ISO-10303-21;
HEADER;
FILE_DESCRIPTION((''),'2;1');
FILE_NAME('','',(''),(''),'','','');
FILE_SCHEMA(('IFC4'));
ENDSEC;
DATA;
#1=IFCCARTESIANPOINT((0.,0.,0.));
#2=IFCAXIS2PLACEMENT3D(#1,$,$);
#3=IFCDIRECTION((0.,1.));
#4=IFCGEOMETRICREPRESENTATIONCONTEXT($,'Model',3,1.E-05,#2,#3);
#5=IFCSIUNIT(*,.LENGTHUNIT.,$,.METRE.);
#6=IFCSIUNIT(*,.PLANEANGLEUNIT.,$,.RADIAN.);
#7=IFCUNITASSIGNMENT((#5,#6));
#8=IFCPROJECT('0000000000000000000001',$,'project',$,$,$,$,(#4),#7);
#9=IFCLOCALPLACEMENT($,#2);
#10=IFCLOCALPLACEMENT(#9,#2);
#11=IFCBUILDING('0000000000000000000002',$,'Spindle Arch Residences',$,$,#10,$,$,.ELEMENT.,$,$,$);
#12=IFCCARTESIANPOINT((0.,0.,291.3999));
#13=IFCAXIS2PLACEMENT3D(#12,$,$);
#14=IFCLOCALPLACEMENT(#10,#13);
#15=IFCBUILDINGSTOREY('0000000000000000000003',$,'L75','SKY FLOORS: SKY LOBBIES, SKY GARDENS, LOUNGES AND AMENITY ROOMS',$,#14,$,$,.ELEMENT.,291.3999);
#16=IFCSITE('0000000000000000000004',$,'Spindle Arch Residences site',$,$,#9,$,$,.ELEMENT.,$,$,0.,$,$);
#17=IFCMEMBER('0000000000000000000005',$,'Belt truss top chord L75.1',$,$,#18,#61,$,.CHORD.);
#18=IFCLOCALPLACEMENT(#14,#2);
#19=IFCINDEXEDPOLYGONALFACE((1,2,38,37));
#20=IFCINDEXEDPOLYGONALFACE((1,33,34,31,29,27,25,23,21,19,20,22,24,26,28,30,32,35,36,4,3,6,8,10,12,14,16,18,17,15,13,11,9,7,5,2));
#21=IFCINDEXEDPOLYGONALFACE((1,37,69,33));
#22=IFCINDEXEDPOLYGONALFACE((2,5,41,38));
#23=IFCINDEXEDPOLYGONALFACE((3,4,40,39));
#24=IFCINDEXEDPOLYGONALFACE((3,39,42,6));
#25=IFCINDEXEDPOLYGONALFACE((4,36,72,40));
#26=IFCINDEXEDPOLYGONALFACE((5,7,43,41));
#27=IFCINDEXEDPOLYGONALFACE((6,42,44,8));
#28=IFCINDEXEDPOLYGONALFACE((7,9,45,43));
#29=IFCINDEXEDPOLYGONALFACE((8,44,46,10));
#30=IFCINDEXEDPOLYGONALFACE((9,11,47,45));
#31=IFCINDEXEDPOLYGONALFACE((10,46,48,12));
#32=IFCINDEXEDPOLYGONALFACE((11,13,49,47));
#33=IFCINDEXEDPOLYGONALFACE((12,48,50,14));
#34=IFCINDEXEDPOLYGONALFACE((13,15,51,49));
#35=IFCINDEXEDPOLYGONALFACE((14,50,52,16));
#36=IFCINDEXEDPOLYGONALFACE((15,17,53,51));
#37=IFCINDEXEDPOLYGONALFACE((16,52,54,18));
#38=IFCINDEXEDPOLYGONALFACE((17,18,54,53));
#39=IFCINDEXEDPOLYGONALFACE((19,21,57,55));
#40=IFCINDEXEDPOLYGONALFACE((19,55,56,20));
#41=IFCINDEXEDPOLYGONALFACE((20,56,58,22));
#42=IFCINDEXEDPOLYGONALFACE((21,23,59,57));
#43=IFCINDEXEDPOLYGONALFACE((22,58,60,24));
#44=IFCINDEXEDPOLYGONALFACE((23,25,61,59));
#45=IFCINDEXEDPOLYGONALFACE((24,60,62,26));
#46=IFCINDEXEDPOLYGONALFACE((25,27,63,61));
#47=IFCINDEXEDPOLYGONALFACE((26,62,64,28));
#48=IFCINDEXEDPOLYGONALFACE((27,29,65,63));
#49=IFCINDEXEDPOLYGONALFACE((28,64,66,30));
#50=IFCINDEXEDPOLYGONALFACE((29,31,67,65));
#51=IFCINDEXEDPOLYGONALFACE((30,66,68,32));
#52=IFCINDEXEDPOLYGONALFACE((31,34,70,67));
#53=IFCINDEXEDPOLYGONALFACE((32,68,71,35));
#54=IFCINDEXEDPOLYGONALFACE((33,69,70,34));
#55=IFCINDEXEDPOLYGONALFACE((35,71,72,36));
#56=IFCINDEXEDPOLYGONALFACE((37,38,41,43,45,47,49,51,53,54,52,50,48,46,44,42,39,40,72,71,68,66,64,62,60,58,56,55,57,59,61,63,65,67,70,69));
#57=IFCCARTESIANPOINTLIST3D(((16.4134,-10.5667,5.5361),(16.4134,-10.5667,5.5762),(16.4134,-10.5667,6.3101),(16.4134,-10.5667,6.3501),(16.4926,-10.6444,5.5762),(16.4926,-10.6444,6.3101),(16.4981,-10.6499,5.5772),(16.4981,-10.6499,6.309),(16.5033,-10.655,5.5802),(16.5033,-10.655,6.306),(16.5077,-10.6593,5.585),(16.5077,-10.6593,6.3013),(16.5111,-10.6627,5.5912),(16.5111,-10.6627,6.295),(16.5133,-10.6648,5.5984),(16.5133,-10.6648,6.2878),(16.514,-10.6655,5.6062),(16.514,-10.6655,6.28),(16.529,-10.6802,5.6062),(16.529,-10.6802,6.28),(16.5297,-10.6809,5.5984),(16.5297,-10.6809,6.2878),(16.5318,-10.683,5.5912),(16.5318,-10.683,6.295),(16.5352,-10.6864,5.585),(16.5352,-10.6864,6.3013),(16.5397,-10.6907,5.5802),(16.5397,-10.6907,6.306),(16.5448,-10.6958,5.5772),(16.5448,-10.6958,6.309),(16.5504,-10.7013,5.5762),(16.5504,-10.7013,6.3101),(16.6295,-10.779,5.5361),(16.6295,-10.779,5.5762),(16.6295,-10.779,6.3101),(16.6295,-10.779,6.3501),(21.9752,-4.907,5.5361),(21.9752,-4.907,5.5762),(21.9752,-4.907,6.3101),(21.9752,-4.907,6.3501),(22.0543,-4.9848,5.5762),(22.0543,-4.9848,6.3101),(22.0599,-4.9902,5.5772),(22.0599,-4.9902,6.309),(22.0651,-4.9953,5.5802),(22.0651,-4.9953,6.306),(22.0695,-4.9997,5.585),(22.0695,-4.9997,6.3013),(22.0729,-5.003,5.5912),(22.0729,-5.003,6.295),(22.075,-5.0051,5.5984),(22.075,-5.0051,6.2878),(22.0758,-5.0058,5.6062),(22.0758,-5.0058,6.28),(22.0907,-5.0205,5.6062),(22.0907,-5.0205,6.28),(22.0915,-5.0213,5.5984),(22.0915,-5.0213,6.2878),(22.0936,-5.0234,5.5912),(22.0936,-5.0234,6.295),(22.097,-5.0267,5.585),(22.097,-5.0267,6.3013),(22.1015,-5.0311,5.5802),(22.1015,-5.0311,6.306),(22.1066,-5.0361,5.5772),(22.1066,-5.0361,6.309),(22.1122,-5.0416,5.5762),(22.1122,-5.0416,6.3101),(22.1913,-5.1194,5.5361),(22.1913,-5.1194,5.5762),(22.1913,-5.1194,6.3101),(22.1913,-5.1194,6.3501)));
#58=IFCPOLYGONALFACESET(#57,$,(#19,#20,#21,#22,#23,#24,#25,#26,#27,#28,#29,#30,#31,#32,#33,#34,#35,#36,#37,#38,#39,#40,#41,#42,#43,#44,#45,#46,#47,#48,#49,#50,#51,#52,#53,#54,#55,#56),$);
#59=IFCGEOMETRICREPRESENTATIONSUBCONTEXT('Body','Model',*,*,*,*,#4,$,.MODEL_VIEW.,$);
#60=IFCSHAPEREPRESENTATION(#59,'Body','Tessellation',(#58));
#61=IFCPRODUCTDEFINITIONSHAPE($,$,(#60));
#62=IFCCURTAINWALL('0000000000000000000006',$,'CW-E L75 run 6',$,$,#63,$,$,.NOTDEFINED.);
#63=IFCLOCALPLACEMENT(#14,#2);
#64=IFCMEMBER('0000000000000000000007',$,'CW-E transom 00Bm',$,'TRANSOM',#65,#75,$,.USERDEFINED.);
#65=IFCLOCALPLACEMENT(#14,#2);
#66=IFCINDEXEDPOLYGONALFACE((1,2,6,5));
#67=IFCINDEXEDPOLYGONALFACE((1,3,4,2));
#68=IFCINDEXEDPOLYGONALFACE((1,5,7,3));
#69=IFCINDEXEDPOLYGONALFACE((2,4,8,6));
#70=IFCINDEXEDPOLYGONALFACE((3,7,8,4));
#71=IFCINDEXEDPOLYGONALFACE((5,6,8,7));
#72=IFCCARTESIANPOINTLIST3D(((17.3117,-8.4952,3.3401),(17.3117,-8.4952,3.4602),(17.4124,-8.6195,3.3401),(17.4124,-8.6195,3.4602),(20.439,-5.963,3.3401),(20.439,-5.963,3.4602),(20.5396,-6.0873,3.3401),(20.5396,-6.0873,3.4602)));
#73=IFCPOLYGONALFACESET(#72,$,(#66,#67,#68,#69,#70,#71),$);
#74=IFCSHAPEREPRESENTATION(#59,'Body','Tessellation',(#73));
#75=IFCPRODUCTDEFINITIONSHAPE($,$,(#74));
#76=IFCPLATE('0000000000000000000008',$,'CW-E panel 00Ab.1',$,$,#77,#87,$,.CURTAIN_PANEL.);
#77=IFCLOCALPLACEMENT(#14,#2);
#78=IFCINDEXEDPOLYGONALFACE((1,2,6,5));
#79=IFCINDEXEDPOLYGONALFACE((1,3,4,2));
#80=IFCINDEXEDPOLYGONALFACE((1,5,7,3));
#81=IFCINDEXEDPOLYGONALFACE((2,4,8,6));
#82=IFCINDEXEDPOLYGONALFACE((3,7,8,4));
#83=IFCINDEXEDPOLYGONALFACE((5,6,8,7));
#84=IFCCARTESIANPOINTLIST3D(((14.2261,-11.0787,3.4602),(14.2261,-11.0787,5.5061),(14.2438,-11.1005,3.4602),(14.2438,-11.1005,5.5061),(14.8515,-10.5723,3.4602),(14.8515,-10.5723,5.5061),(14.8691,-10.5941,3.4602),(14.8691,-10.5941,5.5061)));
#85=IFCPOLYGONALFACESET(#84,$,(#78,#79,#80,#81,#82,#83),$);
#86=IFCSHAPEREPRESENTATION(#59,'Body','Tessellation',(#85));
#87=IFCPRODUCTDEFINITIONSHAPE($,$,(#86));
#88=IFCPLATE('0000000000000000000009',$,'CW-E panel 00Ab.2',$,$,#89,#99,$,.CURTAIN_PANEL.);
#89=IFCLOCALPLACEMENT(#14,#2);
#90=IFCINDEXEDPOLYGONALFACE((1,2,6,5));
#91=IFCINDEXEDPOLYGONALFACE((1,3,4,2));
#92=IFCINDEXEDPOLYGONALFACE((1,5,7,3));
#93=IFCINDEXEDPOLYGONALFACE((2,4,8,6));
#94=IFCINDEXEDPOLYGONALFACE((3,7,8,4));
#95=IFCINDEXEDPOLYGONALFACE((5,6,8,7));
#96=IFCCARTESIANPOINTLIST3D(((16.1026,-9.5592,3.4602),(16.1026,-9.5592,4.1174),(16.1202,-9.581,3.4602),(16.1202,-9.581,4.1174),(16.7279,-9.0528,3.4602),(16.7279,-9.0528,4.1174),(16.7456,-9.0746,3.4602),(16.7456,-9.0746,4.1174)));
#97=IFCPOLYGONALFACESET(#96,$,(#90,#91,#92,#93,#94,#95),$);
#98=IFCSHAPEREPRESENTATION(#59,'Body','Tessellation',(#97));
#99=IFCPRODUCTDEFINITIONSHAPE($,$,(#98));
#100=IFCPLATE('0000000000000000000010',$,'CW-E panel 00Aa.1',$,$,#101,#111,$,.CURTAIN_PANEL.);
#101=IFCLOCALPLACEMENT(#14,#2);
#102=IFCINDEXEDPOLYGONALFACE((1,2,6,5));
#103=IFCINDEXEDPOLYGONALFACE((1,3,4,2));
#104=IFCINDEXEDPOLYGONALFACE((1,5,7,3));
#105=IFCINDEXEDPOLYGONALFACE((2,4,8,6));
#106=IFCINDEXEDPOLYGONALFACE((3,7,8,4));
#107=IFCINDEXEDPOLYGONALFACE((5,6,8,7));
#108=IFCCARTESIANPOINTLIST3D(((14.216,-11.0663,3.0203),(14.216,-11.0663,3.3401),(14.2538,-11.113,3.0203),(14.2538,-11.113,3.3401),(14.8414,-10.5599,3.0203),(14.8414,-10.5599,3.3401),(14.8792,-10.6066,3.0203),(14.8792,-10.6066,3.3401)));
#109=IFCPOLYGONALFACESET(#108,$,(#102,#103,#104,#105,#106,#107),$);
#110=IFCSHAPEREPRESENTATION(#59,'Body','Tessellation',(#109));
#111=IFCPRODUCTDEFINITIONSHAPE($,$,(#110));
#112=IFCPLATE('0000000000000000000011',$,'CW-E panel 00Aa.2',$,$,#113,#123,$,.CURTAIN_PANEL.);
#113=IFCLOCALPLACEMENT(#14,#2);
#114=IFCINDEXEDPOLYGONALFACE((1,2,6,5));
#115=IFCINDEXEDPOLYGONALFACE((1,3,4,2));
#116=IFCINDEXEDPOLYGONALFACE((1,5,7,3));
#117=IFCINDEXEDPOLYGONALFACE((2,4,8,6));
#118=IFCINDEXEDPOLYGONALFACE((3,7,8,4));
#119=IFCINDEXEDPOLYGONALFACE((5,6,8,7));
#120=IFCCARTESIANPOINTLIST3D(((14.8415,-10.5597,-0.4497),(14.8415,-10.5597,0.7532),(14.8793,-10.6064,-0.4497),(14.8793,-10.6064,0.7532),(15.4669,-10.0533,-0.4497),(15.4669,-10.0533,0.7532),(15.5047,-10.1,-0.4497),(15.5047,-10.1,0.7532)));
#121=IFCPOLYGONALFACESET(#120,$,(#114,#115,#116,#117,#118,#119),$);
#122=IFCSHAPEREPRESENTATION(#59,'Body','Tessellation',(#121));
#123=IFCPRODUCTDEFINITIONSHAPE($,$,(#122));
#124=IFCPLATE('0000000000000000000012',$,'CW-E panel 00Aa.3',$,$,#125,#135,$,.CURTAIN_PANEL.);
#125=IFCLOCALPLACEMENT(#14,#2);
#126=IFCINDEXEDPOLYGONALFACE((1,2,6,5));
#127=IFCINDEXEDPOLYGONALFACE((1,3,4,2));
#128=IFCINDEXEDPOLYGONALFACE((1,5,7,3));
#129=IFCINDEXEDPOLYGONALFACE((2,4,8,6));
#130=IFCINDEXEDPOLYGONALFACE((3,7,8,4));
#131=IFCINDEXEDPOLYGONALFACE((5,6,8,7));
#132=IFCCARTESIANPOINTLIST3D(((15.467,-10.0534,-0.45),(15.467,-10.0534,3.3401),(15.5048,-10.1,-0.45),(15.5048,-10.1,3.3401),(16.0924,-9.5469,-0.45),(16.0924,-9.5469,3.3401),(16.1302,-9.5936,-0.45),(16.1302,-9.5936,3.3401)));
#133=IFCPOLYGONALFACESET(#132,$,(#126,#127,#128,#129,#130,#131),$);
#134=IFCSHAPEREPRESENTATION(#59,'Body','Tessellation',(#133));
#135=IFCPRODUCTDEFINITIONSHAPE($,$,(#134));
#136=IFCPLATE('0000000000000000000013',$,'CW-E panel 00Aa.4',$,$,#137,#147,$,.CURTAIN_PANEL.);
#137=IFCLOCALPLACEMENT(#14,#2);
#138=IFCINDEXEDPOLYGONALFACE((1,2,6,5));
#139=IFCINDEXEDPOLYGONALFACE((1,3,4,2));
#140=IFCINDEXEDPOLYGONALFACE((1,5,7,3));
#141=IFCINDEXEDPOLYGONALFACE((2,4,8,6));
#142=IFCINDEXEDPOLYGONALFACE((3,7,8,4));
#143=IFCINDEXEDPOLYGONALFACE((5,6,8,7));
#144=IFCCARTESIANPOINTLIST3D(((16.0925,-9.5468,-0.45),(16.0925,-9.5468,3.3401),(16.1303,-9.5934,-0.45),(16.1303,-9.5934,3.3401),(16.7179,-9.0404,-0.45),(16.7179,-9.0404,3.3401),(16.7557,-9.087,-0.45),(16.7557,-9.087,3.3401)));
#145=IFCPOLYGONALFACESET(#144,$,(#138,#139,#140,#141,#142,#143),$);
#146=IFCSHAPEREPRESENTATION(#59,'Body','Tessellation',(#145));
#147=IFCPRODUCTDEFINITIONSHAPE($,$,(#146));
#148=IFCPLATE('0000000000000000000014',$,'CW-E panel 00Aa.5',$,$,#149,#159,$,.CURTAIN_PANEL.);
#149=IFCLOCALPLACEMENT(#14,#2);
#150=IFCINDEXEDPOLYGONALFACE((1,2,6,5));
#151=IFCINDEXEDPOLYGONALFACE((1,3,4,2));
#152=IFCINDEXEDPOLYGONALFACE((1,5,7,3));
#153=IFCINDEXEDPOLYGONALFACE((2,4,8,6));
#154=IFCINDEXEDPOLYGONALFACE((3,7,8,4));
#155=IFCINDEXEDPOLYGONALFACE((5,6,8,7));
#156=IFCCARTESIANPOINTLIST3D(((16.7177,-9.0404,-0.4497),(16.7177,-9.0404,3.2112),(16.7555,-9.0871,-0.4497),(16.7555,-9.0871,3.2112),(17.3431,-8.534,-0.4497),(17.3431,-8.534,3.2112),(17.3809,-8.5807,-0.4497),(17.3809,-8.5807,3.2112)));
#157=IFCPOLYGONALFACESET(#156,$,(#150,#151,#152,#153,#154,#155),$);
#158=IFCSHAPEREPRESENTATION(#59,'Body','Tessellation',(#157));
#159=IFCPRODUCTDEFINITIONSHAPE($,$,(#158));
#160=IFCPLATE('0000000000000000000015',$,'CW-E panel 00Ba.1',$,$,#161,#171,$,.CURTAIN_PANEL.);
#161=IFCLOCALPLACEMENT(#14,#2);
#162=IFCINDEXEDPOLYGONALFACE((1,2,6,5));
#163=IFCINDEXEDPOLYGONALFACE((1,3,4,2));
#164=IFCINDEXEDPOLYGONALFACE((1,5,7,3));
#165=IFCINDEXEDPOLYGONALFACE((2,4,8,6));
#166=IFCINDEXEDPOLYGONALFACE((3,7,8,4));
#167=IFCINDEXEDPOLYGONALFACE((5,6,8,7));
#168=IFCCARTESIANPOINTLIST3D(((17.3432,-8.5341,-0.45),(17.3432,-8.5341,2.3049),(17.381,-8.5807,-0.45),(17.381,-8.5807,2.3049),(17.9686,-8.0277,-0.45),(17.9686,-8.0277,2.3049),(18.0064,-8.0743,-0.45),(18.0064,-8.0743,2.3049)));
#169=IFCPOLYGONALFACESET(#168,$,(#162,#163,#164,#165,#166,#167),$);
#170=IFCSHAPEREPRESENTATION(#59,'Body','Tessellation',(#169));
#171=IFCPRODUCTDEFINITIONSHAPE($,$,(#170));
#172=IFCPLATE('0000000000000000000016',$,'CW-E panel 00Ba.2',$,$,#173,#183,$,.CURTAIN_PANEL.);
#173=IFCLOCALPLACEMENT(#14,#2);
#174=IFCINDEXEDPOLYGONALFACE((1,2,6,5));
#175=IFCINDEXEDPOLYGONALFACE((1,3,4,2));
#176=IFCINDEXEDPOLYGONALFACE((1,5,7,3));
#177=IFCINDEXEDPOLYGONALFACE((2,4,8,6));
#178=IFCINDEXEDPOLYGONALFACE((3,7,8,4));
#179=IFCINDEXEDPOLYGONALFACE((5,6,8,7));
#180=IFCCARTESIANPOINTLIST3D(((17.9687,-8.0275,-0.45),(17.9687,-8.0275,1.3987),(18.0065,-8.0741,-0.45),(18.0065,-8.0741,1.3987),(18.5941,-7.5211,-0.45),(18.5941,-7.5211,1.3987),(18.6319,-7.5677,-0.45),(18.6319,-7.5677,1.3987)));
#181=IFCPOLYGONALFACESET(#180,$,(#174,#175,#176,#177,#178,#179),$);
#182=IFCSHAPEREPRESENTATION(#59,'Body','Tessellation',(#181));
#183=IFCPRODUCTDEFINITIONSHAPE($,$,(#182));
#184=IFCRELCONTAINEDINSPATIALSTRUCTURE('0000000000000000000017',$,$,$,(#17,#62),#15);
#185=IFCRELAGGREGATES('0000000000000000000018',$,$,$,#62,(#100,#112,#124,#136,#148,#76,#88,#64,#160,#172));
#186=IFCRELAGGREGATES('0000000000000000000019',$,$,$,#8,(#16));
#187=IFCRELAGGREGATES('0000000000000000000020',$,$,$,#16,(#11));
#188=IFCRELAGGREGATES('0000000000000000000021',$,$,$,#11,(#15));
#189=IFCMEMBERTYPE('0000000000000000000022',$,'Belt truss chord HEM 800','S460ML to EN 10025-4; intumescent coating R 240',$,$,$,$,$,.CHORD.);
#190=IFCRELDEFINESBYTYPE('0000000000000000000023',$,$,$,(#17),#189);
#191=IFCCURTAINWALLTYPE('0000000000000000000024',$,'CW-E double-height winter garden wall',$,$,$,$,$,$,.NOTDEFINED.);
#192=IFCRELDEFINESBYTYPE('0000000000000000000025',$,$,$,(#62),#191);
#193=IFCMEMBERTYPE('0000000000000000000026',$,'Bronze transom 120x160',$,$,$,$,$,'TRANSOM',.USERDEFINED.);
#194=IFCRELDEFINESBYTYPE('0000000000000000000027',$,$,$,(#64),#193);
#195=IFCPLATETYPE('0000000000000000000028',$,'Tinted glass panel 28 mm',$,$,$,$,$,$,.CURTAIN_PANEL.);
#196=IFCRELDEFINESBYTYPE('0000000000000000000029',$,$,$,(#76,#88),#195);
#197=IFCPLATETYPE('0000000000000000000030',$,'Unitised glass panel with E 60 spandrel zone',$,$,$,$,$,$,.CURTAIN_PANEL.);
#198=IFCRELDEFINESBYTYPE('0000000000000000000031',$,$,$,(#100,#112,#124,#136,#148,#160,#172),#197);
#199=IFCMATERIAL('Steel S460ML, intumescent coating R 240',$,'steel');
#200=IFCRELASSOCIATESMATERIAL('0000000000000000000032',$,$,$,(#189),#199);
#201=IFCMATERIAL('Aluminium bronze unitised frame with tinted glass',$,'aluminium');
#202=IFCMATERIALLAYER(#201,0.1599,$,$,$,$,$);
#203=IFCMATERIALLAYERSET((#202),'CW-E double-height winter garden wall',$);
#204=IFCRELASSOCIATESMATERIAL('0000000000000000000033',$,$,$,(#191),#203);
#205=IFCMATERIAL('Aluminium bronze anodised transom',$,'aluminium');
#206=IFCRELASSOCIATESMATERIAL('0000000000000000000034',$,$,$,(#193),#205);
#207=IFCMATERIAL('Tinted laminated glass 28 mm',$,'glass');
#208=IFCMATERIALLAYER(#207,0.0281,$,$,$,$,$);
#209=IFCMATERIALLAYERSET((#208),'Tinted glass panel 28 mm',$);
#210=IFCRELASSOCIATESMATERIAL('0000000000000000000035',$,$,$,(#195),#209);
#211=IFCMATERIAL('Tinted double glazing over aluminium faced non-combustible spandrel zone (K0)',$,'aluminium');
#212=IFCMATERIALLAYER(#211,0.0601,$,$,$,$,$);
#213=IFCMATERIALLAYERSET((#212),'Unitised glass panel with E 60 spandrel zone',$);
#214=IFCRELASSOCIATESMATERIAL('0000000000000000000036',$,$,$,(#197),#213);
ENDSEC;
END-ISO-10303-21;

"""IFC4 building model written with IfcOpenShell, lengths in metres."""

from ifc_helpers import new_model, si_unit, direction, frame, origin, origin_2d, place, context, subcontext, project, spatial, rectangle, i_section, extrude, material, layer, layer_set, material_profile, profile_set, type_object, element, aggregate, save


model = new_model("IFC4")

# Units and contexts
model_context = context("Model", 3, precision=1e-05, world=origin(), true_north=direction((0.0, 1.0)))
body_context = subcontext(model_context, "Body", "Model", "MODEL_VIEW")
ifc_project = project(units=[si_unit("LENGTHUNIT", "METRE"), si_unit("PLANEANGLEUNIT", "RADIAN")], contexts=[model_context])

# Site, building, storey
site_placement = place(None, origin())
site = spatial("IfcSite", under=ifc_project, at=site_placement, Name="Spindle Arch Residences site", CompositionType="ELEMENT", RefElevation=0.0)
building_placement = place(site_placement, origin())
building = spatial("IfcBuilding", under=site, at=building_placement, Name="Spindle Arch Residences", CompositionType="ELEMENT")
storey_placement = place(building_placement, frame((0.0, 0.0, 291.3999)))
storey = spatial("IfcBuildingStorey", under=building, at=storey_placement, Name="L75", Description="SKY FLOORS: SKY LOBBIES, SKY GARDENS, LOUNGES AND AMENITY ROOMS", CompositionType="ELEMENT", Elevation=291.3999)

# Member
ifc_material_1 = material(Name="Steel S460ML, intumescent coating R 240", Category="steel")
ifc_material_profile_1 = material_profile(ifc_material_1, i_section(OverallWidth=0.303, OverallDepth=0.814, WebThickness=0.021, FlangeThickness=0.04, FilletRadius=0.03, at=origin_2d()), Name="HEM 800")
ifc_profile_set_1 = profile_set([ifc_material_profile_1], Name="Steel S460ML, intumescent coating R 240")
member_type_1 = type_object("IfcMemberType", Name="Belt truss chord HEM 800", Description="S460ML to EN 10025-4; intumescent coating R 240", PredefinedType="CHORD", material=ifc_profile_set_1)
member_1_placement = place(storey_placement, frame((16.5215, -10.6729, 5.9431), z_axis=(0.700911, 0.713249, 0.0), x_axis=(-0.713249, 0.700911, 0.0)))
element("IfcMember", 1, at=member_1_placement, inside=storey, type_object=member_type_1, Name="Belt truss top chord L75.1", PredefinedType="CHORD", context=body_context, shape_type="SweptSolid", body=[
    extrude(i_section(OverallWidth=0.303, OverallDepth=0.814, WebThickness=0.021, FlangeThickness=0.04, FilletRadius=0.03, at=origin_2d()), origin(), (0.0, 0.0, 1.0), 7.9351),
])

# Curtain wall, member, plates
ifc_material_2 = material(Name="Aluminium bronze unitised frame with tinted glass", Category="aluminium")
ifc_layer_1 = layer(ifc_material_2, 0.1599)
ifc_layer_set_1 = layer_set([ifc_layer_1], Name="CW-E double-height winter garden wall")
curtain_wall_type = type_object("IfcCurtainWallType", Name="CW-E double-height winter garden wall", PredefinedType="NOTDEFINED", material=ifc_layer_set_1)
curtain_wall_placement = place(storey_placement, origin())
curtain_wall = element("IfcCurtainWall", 2, at=curtain_wall_placement, inside=storey, type_object=curtain_wall_type, Name="CW-E L75 run 6", PredefinedType="NOTDEFINED")
ifc_material_3 = material(Name="Aluminium bronze anodised transom", Category="aluminium")
ifc_material_profile_2 = material_profile(ifc_material_3, rectangle(XDim=0.1599, YDim=0.1201, at=origin_2d()), Name="TR 120x160")
ifc_profile_set_2 = profile_set([ifc_material_profile_2], Name="Aluminium bronze anodised transom")
member_type_2 = type_object("IfcMemberType", Name="Bronze transom 120x160", ElementType="TRANSOM", PredefinedType="USERDEFINED", material=ifc_profile_set_2)
member_2_placement = place(storey_placement, frame((17.3621, -8.5574, 3.4001), z_axis=(0.777162, 0.629301, 0.0), x_axis=(-0.629301, 0.777162, 0.0)))
member_2 = element("IfcMember", 3, at=member_2_placement, type_object=member_type_2, Name="CW-E transom 00Bm", ObjectType="TRANSOM", PredefinedType="USERDEFINED", context=body_context, shape_type="SweptSolid", body=[
    extrude(rectangle(XDim=0.1599, YDim=0.1201, at=origin_2d()), origin(), (0.0, 0.0, 1.0), 4.0239),
])
ifc_material_4 = material(Name="Tinted laminated glass 28 mm", Category="glass")
ifc_layer_2 = layer(ifc_material_4, 0.0281)
ifc_layer_set_2 = layer_set([ifc_layer_2], Name="Tinted glass panel 28 mm")
plate_type_1 = type_object("IfcPlateType", Name="Tinted glass panel 28 mm", PredefinedType="CURTAIN_PANEL", material=ifc_layer_set_2)
plate_1_placement = place(storey_placement, frame((14.5476, -10.8364, 3.4602), z_axis=(0.0, 0.0, 1.0), x_axis=(0.777146, 0.62932, 0.0)))
plate_1 = element("IfcPlate", 4, at=plate_1_placement, type_object=plate_type_1, Name="CW-E panel 00Ab.1", PredefinedType="CURTAIN_PANEL", context=body_context, shape_type="SweptSolid", body=[
    extrude(rectangle(XDim=0.8047, YDim=0.0281, at=origin_2d()), origin(), (0.0, 0.0, 1.0), 2.0459),
])
plate_2_placement = place(storey_placement, frame((16.4241, -9.3169, 3.4602), z_axis=(0.0, 0.0, 1.0), x_axis=(0.777146, 0.62932, 0.0)))
plate_2 = element("IfcPlate", 5, at=plate_2_placement, type_object=plate_type_1, Name="CW-E panel 00Ab.2", PredefinedType="CURTAIN_PANEL", context=body_context, shape_type="SweptSolid", body=[
    extrude(rectangle(XDim=0.8047, YDim=0.0281, at=origin_2d()), origin(), (0.0, 0.0, 1.0), 0.6572),
])
ifc_material_5 = material(Name="Tinted double glazing over aluminium faced non-combustible spandrel zone (K0)", Category="aluminium")
ifc_layer_3 = layer(ifc_material_5, 0.0601)
ifc_layer_set_3 = layer_set([ifc_layer_3], Name="Unitised glass panel with E 60 spandrel zone")
plate_type_2 = type_object("IfcPlateType", Name="Unitised glass panel with E 60 spandrel zone", PredefinedType="CURTAIN_PANEL", material=ifc_layer_set_3)
plate_3_placement = place(storey_placement, frame((14.5476, -10.8364, 3.0203), z_axis=(0.0, 0.0, 1.0), x_axis=(0.777146, 0.62932, 0.0)))
plate_3 = element("IfcPlate", 6, at=plate_3_placement, type_object=plate_type_2, Name="CW-E panel 00Aa.1", PredefinedType="CURTAIN_PANEL", context=body_context, shape_type="SweptSolid", body=[
    extrude(rectangle(XDim=0.8047, YDim=0.0601, at=origin_2d()), origin(), (0.0, 0.0, 1.0), 0.3198),
])
plate_4_placement = place(storey_placement, frame((15.1731, -10.3298, -0.4497), z_axis=(0.0, 0.0, 1.0), x_axis=(0.777146, 0.62932, 0.0)))
plate_4 = element("IfcPlate", 7, at=plate_4_placement, type_object=plate_type_2, Name="CW-E panel 00Aa.2", PredefinedType="CURTAIN_PANEL", context=body_context, shape_type="SweptSolid", body=[
    extrude(rectangle(XDim=0.8047, YDim=0.0601, at=origin_2d()), origin(), (0.0, 0.0, 1.0), 1.2029),
])
plate_5_placement = place(storey_placement, frame((15.7986, -9.8235, -0.45), z_axis=(0.0, 0.0, 1.0), x_axis=(0.777146, 0.62932, 0.0)))
plate_5 = element("IfcPlate", 8, at=plate_5_placement, type_object=plate_type_2, Name="CW-E panel 00Aa.3", PredefinedType="CURTAIN_PANEL", context=body_context, shape_type="SweptSolid", body=[
    extrude(rectangle(XDim=0.8047, YDim=0.0601, at=origin_2d()), origin(), (0.0, 0.0, 1.0), 3.79),
])
plate_6_placement = place(storey_placement, frame((16.4241, -9.3169, -0.45), z_axis=(0.0, 0.0, 1.0), x_axis=(0.777146, 0.62932, 0.0)))
plate_6 = element("IfcPlate", 9, at=plate_6_placement, type_object=plate_type_2, Name="CW-E panel 00Aa.4", PredefinedType="CURTAIN_PANEL", context=body_context, shape_type="SweptSolid", body=[
    extrude(rectangle(XDim=0.8047, YDim=0.0601, at=origin_2d()), origin(), (0.0, 0.0, 1.0), 3.79),
])
plate_7_placement = place(storey_placement, frame((17.0493, -8.8105, -0.4497), z_axis=(0.0, 0.0, 1.0), x_axis=(0.777146, 0.62932, 0.0)))
plate_7 = element("IfcPlate", 10, at=plate_7_placement, type_object=plate_type_2, Name="CW-E panel 00Aa.5", PredefinedType="CURTAIN_PANEL", context=body_context, shape_type="SweptSolid", body=[
    extrude(rectangle(XDim=0.8047, YDim=0.0601, at=origin_2d()), origin(), (0.0, 0.0, 1.0), 3.6609),
])
plate_8_placement = place(storey_placement, frame((17.6748, -8.3042, -0.45), z_axis=(0.0, 0.0, 1.0), x_axis=(0.777146, 0.62932, 0.0)))
plate_8 = element("IfcPlate", 11, at=plate_8_placement, type_object=plate_type_2, Name="CW-E panel 00Ba.1", PredefinedType="CURTAIN_PANEL", context=body_context, shape_type="SweptSolid", body=[
    extrude(rectangle(XDim=0.8047, YDim=0.0601, at=origin_2d()), origin(), (0.0, 0.0, 1.0), 2.7549),
])
plate_9_placement = place(storey_placement, frame((18.3003, -7.7976, -0.45), z_axis=(0.0, 0.0, 1.0), x_axis=(0.777146, 0.62932, 0.0)))
plate_9 = element("IfcPlate", 12, at=plate_9_placement, type_object=plate_type_2, Name="CW-E panel 00Ba.2", PredefinedType="CURTAIN_PANEL", context=body_context, shape_type="SweptSolid", body=[
    extrude(rectangle(XDim=0.8047, YDim=0.0601, at=origin_2d()), origin(), (0.0, 0.0, 1.0), 1.8486),
])
aggregate(curtain_wall, [plate_3, plate_4, plate_5, plate_6, plate_7, plate_1, plate_2, member_2, plate_8, plate_9])

save(model, "model.ifc")
